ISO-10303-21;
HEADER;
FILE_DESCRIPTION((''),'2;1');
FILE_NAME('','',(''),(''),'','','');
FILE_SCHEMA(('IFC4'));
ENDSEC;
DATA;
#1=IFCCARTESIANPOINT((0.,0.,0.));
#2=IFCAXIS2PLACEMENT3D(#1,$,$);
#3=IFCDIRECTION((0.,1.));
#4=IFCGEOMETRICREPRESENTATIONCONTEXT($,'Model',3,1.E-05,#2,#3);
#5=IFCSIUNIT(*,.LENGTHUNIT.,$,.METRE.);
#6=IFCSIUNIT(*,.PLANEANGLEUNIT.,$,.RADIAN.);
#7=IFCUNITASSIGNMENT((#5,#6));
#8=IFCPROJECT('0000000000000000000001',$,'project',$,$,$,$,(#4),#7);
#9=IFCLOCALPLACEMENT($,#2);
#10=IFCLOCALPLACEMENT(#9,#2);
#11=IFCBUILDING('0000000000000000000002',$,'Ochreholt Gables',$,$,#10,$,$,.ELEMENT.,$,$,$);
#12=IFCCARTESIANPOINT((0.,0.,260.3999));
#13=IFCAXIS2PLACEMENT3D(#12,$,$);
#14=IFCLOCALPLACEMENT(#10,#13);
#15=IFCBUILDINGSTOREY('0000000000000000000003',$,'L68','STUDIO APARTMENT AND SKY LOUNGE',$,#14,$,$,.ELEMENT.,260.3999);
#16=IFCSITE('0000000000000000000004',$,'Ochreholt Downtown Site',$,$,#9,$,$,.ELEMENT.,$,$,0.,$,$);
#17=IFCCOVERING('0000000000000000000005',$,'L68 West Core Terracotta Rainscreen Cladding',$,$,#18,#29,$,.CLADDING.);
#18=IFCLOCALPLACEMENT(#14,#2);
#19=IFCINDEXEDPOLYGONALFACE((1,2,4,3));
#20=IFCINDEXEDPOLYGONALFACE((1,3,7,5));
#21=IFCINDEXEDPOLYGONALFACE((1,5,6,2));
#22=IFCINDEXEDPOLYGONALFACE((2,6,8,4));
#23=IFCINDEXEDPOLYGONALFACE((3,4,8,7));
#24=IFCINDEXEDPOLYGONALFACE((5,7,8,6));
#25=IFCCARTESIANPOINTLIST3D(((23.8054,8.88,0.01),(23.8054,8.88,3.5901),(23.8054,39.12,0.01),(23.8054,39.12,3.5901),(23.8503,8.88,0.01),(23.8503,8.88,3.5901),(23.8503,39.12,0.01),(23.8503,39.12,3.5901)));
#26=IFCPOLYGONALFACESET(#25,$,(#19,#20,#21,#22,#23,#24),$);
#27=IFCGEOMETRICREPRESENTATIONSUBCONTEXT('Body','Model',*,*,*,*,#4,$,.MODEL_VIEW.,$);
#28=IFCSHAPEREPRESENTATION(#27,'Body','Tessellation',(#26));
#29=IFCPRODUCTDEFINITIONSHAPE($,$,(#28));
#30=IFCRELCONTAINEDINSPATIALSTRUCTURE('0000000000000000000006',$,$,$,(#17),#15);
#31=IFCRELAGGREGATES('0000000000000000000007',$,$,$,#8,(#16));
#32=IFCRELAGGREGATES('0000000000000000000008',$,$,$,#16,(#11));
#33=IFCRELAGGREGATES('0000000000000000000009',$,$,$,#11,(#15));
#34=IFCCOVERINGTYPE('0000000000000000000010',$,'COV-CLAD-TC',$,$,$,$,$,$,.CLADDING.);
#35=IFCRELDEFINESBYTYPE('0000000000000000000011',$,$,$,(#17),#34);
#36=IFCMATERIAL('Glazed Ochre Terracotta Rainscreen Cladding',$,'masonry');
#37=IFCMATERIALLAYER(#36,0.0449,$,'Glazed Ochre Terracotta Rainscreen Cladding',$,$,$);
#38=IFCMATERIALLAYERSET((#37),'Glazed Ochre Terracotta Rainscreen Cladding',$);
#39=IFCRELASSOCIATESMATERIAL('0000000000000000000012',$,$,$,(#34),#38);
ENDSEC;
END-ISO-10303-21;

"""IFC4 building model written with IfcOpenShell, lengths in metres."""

from ifc_helpers import new_model, si_unit, direction, frame, origin, origin_2d, place, context, subcontext, project, spatial, rectangle, extrude, material, layer, layer_set, type_object, element, save


model = new_model("IFC4")

# Units and contexts
model_context = context("Model", 3, precision=1e-05, world=origin(), true_north=direction((0.0, 1.0)))
body_context = subcontext(model_context, "Body", "Model", "MODEL_VIEW")
ifc_project = project(units=[si_unit("LENGTHUNIT", "METRE"), si_unit("PLANEANGLEUNIT", "RADIAN")], contexts=[model_context])

# Site, building, storey
site_placement = place(None, origin())
site = spatial("IfcSite", under=ifc_project, at=site_placement, Name="Ochreholt Downtown Site", CompositionType="ELEMENT", RefElevation=0.0)
building_placement = place(site_placement, origin())
building = spatial("IfcBuilding", under=site, at=building_placement, Name="Ochreholt Gables", CompositionType="ELEMENT")
storey_placement = place(building_placement, frame((0.0, 0.0, 260.3999)))
storey = spatial("IfcBuildingStorey", under=building, at=storey_placement, Name="L68", Description="STUDIO APARTMENT AND SKY LOUNGE", CompositionType="ELEMENT", Elevation=260.3999)

# Covering
ifc_material_1 = material(Name="Glazed Ochre Terracotta Rainscreen Cladding", Category="masonry")
ifc_layer_1 = layer(ifc_material_1, 0.0449, Name="Glazed Ochre Terracotta Rainscreen Cladding")
ifc_layer_set_1 = layer_set([ifc_layer_1], Name="Glazed Ochre Terracotta Rainscreen Cladding")
covering_type = type_object("IfcCoveringType", Name="COV-CLAD-TC", PredefinedType="CLADDING", material=ifc_layer_set_1)
covering_placement = place(storey_placement, frame((23.8279, 24.0, 0.01), z_axis=(0.0, 0.0, 1.0), x_axis=(0.0, 1.0, 0.0)))
element("IfcCovering", 1, at=covering_placement, inside=storey, type_object=covering_type, Name="L68 West Core Terracotta Rainscreen Cladding", PredefinedType="CLADDING", context=body_context, shape_type="SweptSolid", body=[
    extrude(rectangle(XDim=30.24, YDim=0.0449, at=origin_2d()), origin(), (0.0, 0.0, 1.0), 3.5801),
])

save(model, "model.ifc")
